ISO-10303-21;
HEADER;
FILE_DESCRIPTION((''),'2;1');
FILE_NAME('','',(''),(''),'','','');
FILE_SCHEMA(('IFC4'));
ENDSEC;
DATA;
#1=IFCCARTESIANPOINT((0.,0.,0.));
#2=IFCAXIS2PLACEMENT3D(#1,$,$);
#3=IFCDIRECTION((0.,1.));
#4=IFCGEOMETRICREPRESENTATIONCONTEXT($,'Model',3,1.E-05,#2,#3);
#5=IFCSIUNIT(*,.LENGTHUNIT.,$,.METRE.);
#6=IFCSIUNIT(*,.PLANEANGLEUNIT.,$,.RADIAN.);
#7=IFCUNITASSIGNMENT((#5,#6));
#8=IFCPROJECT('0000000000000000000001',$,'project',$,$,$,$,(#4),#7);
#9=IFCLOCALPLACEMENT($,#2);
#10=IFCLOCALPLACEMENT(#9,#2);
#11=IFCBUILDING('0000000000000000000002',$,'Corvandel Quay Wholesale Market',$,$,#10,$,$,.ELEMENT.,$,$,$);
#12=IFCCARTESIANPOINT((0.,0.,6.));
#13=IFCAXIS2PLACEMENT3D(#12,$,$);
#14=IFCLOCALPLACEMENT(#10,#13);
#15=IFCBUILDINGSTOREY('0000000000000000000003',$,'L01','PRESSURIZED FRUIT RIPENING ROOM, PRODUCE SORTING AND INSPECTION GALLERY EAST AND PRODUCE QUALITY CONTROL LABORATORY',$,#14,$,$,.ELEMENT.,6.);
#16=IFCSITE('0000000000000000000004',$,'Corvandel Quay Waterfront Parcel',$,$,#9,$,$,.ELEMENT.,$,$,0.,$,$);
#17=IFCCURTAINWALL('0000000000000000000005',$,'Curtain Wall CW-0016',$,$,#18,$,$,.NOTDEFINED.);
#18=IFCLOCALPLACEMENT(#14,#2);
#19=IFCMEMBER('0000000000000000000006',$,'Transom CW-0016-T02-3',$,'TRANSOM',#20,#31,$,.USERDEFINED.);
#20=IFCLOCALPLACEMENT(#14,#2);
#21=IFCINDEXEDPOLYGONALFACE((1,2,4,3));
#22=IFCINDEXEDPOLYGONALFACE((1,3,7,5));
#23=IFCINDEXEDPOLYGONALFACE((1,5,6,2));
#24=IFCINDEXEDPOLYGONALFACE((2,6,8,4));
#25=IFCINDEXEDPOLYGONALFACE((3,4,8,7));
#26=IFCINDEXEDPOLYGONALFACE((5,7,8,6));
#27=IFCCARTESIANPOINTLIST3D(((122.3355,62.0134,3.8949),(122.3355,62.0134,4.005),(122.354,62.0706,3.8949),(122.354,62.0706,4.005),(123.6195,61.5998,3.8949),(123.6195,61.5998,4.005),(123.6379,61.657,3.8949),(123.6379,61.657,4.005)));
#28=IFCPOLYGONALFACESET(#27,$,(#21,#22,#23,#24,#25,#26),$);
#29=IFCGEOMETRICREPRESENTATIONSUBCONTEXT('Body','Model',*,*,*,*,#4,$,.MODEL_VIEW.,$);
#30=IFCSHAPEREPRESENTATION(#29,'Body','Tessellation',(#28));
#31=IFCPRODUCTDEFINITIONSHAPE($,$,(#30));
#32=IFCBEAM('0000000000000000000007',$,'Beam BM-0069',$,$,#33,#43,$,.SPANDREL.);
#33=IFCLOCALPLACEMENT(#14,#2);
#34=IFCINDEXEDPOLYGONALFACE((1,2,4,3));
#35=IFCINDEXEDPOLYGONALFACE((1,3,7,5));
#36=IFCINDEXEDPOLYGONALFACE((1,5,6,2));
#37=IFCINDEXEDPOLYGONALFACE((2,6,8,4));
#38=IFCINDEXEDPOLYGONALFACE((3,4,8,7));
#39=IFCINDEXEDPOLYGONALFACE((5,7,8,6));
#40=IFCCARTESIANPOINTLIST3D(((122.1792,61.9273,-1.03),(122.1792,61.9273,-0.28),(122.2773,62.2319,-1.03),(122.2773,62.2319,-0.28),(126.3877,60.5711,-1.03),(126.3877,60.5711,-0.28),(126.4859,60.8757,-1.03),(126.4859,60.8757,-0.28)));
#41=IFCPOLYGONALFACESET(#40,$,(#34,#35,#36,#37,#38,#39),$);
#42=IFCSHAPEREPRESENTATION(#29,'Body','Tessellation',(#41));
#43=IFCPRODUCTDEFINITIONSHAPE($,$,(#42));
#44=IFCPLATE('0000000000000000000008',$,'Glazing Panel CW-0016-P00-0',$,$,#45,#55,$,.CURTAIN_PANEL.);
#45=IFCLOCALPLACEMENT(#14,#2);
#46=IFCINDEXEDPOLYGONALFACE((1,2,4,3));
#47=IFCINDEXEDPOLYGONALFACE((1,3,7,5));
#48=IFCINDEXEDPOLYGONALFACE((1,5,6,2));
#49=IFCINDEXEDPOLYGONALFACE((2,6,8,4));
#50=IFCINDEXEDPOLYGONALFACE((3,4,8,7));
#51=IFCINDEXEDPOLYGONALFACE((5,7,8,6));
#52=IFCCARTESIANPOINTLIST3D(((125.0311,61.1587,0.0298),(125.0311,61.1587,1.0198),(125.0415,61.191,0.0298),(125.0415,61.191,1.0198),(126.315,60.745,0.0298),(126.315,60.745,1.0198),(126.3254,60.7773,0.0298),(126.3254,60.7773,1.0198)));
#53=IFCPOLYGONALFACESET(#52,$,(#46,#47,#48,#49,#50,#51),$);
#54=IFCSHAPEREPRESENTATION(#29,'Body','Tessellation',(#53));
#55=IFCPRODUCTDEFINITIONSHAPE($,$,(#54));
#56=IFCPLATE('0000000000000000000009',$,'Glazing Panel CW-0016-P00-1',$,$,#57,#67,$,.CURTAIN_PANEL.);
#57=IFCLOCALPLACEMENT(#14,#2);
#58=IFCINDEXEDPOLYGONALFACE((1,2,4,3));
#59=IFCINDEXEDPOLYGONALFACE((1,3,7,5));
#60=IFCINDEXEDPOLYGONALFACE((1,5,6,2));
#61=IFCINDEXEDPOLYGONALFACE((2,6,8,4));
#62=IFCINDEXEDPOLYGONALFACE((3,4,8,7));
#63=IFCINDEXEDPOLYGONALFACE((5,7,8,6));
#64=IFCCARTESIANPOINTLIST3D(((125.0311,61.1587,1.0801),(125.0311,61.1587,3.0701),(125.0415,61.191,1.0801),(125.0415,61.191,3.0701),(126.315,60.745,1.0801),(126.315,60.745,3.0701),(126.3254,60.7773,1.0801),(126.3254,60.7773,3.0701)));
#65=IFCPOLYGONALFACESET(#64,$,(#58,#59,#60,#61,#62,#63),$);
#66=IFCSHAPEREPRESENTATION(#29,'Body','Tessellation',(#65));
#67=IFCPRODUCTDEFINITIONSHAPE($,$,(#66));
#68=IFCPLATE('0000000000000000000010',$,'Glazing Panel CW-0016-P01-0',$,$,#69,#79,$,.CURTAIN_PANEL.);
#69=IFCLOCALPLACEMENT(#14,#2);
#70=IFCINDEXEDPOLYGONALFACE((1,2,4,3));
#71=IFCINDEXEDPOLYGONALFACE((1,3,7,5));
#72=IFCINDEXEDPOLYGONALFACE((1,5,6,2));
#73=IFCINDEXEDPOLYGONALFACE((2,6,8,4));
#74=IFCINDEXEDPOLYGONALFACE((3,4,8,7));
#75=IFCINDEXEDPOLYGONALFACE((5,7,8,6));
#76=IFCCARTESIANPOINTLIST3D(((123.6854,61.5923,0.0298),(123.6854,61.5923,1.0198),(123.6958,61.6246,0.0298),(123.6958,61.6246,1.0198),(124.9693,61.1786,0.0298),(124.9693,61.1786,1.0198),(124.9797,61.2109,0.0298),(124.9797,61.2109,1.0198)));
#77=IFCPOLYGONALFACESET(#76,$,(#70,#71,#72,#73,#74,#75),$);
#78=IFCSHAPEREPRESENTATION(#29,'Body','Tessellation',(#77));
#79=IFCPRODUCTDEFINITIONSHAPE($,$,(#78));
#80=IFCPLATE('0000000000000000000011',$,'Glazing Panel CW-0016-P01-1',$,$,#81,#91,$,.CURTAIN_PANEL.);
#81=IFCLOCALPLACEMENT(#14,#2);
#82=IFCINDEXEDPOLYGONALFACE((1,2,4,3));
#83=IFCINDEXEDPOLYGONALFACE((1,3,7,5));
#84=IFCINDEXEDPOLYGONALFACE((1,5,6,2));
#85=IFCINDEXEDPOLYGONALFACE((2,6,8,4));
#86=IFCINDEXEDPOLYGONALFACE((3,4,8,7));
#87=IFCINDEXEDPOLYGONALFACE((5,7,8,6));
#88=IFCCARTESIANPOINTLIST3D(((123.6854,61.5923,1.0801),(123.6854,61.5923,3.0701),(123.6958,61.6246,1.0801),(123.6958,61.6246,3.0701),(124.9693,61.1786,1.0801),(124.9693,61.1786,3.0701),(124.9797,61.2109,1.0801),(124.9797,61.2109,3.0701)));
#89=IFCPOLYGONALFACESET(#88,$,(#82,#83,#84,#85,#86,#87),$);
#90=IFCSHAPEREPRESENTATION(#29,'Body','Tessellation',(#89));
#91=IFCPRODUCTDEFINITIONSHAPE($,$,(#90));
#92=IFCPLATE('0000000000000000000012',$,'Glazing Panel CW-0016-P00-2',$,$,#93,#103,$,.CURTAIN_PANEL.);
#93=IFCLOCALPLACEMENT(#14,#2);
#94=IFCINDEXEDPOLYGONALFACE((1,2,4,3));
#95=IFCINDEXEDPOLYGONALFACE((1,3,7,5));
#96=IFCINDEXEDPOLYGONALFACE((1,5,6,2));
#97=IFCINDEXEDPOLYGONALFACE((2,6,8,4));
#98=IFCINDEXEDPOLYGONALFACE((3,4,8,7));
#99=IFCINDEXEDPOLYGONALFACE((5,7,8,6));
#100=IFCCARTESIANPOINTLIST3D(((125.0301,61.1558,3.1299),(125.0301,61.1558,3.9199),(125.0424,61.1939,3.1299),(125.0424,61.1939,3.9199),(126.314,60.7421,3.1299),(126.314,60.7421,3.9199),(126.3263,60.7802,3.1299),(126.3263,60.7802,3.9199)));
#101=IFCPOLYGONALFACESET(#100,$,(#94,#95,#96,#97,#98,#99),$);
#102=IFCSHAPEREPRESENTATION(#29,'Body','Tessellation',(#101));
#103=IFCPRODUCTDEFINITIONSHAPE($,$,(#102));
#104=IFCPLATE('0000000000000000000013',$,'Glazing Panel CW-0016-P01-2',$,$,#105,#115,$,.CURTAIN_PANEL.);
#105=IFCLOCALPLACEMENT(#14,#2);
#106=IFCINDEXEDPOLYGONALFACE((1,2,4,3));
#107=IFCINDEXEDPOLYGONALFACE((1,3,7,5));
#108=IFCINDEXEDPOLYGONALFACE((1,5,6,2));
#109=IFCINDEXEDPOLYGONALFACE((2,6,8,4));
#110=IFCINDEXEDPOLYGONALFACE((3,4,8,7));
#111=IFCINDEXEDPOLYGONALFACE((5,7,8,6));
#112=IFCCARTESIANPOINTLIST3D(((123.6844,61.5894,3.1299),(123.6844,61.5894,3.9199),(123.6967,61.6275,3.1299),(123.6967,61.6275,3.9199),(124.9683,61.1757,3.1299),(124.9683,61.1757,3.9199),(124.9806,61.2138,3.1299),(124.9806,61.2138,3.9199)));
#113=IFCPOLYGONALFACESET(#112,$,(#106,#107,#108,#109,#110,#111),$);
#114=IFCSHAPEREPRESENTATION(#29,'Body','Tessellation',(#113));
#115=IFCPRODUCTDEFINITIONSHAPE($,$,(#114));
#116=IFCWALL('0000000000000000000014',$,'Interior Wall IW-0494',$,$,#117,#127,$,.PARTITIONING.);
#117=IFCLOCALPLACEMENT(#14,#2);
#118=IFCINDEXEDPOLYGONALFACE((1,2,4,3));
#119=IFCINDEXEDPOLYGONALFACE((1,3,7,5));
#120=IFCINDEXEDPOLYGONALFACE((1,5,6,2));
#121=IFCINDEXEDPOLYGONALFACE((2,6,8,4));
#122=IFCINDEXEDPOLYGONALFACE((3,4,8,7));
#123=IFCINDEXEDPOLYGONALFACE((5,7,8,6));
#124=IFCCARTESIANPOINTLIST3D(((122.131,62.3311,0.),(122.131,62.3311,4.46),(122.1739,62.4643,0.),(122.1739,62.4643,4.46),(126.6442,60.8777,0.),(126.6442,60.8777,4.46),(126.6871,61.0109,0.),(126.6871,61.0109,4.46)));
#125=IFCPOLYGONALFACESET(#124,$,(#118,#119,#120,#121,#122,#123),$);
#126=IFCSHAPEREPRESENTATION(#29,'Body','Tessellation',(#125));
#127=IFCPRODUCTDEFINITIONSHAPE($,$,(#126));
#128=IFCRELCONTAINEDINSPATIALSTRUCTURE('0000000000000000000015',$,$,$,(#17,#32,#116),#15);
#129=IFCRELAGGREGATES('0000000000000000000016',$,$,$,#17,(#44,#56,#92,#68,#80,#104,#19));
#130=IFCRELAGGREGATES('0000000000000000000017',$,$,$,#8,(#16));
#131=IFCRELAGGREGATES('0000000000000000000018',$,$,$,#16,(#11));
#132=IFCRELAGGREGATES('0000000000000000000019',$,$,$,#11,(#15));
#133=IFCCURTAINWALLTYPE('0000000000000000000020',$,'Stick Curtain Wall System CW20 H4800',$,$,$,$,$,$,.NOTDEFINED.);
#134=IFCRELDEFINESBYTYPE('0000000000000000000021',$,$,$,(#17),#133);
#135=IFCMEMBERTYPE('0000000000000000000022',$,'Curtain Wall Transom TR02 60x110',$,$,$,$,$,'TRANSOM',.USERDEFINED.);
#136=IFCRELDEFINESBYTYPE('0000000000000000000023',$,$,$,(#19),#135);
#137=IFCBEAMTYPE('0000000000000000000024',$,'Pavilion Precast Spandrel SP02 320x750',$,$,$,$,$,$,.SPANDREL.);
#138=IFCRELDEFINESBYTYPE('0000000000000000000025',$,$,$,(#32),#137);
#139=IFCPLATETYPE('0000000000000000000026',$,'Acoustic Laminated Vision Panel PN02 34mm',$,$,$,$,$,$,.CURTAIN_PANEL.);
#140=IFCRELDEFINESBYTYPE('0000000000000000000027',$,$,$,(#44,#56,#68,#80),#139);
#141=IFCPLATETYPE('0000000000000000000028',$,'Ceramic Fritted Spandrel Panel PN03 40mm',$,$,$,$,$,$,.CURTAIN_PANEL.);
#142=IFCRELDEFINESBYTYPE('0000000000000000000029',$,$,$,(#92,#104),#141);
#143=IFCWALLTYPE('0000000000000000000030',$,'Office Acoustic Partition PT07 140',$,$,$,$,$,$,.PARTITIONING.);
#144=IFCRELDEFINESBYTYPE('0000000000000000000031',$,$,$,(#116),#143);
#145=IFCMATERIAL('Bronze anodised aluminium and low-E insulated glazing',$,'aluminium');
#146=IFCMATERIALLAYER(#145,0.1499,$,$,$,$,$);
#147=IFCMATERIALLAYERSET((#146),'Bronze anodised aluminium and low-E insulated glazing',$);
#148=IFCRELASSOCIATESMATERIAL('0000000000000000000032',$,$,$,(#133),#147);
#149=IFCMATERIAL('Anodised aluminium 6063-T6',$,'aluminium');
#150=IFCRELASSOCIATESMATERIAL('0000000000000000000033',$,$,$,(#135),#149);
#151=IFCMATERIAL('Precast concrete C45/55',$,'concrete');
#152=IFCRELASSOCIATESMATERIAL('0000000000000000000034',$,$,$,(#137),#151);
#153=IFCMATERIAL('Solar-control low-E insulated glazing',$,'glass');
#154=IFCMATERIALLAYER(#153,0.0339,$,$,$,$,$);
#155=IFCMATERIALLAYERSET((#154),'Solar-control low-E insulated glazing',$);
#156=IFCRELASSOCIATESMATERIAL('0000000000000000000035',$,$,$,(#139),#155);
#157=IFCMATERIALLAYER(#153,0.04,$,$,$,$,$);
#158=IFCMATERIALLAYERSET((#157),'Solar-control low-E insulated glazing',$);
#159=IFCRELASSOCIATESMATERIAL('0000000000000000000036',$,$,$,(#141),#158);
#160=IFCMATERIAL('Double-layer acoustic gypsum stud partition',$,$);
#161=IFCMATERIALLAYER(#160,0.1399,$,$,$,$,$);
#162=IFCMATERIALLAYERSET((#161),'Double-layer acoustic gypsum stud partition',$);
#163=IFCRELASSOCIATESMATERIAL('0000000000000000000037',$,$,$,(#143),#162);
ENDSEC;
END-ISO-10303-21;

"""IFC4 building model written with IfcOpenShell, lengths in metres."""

from ifc_helpers import new_model, si_unit, direction, frame, frame_2d, origin, origin_2d, place, context, subcontext, project, spatial, rectangle, extrude, material, layer, layer_set, material_profile, profile_set, type_object, element, aggregate, save


model = new_model("IFC4")

# Units and contexts
model_context = context("Model", 3, precision=1e-05, world=origin(), true_north=direction((0.0, 1.0)))
body_context = subcontext(model_context, "Body", "Model", "MODEL_VIEW")
ifc_project = project(units=[si_unit("LENGTHUNIT", "METRE"), si_unit("PLANEANGLEUNIT", "RADIAN")], contexts=[model_context])

# Site, building, storey
site_placement = place(None, origin())
site = spatial("IfcSite", under=ifc_project, at=site_placement, Name="Corvandel Quay Waterfront Parcel", CompositionType="ELEMENT", RefElevation=0.0)
building_placement = place(site_placement, origin())
building = spatial("IfcBuilding", under=site, at=building_placement, Name="Corvandel Quay Wholesale Market", CompositionType="ELEMENT")
storey_placement = place(building_placement, frame((0.0, 0.0, 6.0)))
storey = spatial("IfcBuildingStorey", under=building, at=storey_placement, Name="L01", Description="PRESSURIZED FRUIT RIPENING ROOM, PRODUCE SORTING AND INSPECTION GALLERY EAST AND PRODUCE QUALITY CONTROL LABORATORY", CompositionType="ELEMENT", Elevation=6.0)

# Shared definitions
ifc_material_1 = material(Name="Precast concrete C45/55", Category="concrete")

# Shared definitions
ifc_material_2 = material(Name="Bronze anodised aluminium and low-E insulated glazing", Category="aluminium")
ifc_material_3 = material(Name="Anodised aluminium 6063-T6", Category="aluminium")

# Curtain wall, member
ifc_layer_1 = layer(ifc_material_2, 0.1499)
ifc_layer_set_1 = layer_set([ifc_layer_1], Name="Bronze anodised aluminium and low-E insulated glazing")
curtain_wall_type_1 = type_object("IfcCurtainWallType", Name="Stick Curtain Wall System CW20 H4800", PredefinedType="NOTDEFINED", material=ifc_layer_set_1)
curtain_wall_1_placement = place(storey_placement, origin())
curtain_wall_1 = element("IfcCurtainWall", 1, at=curtain_wall_1_placement, inside=storey, type_object=curtain_wall_type_1, Name="Curtain Wall CW-0016", PredefinedType="NOTDEFINED")
ifc_material_profile_1 = material_profile(ifc_material_3, rectangle(XDim=0.0601, YDim=0.1101, at=origin_2d()), Name="ALU-TRN-60x110")
ifc_profile_set_1 = profile_set([ifc_material_profile_1], Name="Anodised aluminium 6063-T6")
member_type_1 = type_object("IfcMemberType", Name="Curtain Wall Transom TR02 60x110", ElementType="TRANSOM", PredefinedType="USERDEFINED", material=ifc_profile_set_1)
member_1_placement = place(storey_placement, frame((123.6287, 61.6284, 3.95), z_axis=(-0.951838, 0.306601, 0.0), x_axis=(-0.306601, -0.951838, 0.0)))
member_1 = element("IfcMember", 2, at=member_1_placement, type_object=member_type_1, Name="Transom CW-0016-T02-3", ObjectType="TRANSOM", PredefinedType="USERDEFINED", context=body_context, shape_type="SweptSolid", body=[
    extrude(rectangle(XDim=0.0601, YDim=0.1101, at=origin_2d()), origin(), (0.0, 0.0, 1.0), 1.3489),
])

# Beam
ifc_material_profile_2 = material_profile(ifc_material_1, rectangle(XDim=0.3201, YDim=0.75, at=origin_2d()), Name="PC-SPN-320x750")
ifc_profile_set_2 = profile_set([ifc_material_profile_2], Name="Precast concrete C45/55")
beam_type = type_object("IfcBeamType", Name="Pavilion Precast Spandrel SP02 320x750", PredefinedType="SPANDREL", material=ifc_profile_set_2)
beam_placement = place(storey_placement, frame((126.4368, 60.7234, -0.655), z_axis=(-0.9518, 0.30672, 0.0), x_axis=(-0.30672, -0.9518, 0.0)))
element("IfcBeam", 3, at=beam_placement, inside=storey, type_object=beam_type, Name="Beam BM-0069", PredefinedType="SPANDREL", context=body_context, shape_type="SweptSolid", body=[
    extrude(rectangle(XDim=0.3201, YDim=0.75, at=origin_2d()), origin(), (0.0, 0.0, 1.0), 4.4216),
])

# Plates
ifc_material_4 = material(Name="Solar-control low-E insulated glazing", Category="glass")
ifc_layer_2 = layer(ifc_material_4, 0.0339)
ifc_layer_set_2 = layer_set([ifc_layer_2], Name="Solar-control low-E insulated glazing")
plate_type_1 = type_object("IfcPlateType", Name="Acoustic Laminated Vision Panel PN02 34mm", PredefinedType="CURTAIN_PANEL", material=ifc_layer_set_2)
plate_1_placement = place(storey_placement, frame((125.6782, 60.968, 0.0298), z_axis=(0.0, 0.0, 1.0), x_axis=(-0.951809, 0.306692, 0.0)))
plate_1 = element("IfcPlate", 4, at=plate_1_placement, type_object=plate_type_1, Name="Glazing Panel CW-0016-P00-0", PredefinedType="CURTAIN_PANEL", context=body_context, shape_type="SweptSolid", body=[
    extrude(rectangle(XDim=1.3489, YDim=0.0339, at=origin_2d()), origin(), (0.0, 0.0, 1.0), 0.99),
])
plate_2_placement = place(storey_placement, frame((125.6782, 60.968, 1.0801), z_axis=(0.0, 0.0, 1.0), x_axis=(-0.951809, 0.306692, 0.0)))
plate_2 = element("IfcPlate", 5, at=plate_2_placement, type_object=plate_type_1, Name="Glazing Panel CW-0016-P00-1", PredefinedType="CURTAIN_PANEL", context=body_context, shape_type="SweptSolid", body=[
    extrude(rectangle(XDim=1.3489, YDim=0.0339, at=origin_2d()), origin(), (0.0, 0.0, 1.0), 1.99),
])
plate_3_placement = place(storey_placement, frame((124.3325, 61.4016, 0.0298), z_axis=(0.0, 0.0, 1.0), x_axis=(-0.951809, 0.306692, 0.0)))
plate_3 = element("IfcPlate", 6, at=plate_3_placement, type_object=plate_type_1, Name="Glazing Panel CW-0016-P01-0", PredefinedType="CURTAIN_PANEL", context=body_context, shape_type="SweptSolid", body=[
    extrude(rectangle(XDim=1.3489, YDim=0.0339, at=origin_2d()), origin(), (0.0, 0.0, 1.0), 0.99),
])
plate_4_placement = place(storey_placement, frame((124.3325, 61.4016, 1.0801), z_axis=(0.0, 0.0, 1.0), x_axis=(-0.951809, 0.306692, 0.0)))
plate_4 = element("IfcPlate", 7, at=plate_4_placement, type_object=plate_type_1, Name="Glazing Panel CW-0016-P01-1", PredefinedType="CURTAIN_PANEL", context=body_context, shape_type="SweptSolid", body=[
    extrude(rectangle(XDim=1.3489, YDim=0.0339, at=origin_2d()), origin(), (0.0, 0.0, 1.0), 1.99),
])
ifc_layer_3 = layer(ifc_material_4, 0.04)
ifc_layer_set_3 = layer_set([ifc_layer_3], Name="Solar-control low-E insulated glazing")
plate_type_2 = type_object("IfcPlateType", Name="Ceramic Fritted Spandrel Panel PN03 40mm", PredefinedType="CURTAIN_PANEL", material=ifc_layer_set_3)
plate_5_placement = place(storey_placement, frame((125.6782, 60.968, 3.1299), z_axis=(0.0, 0.0, 1.0), x_axis=(-0.951809, 0.306692, 0.0)))
plate_5 = element("IfcPlate", 8, at=plate_5_placement, type_object=plate_type_2, Name="Glazing Panel CW-0016-P00-2", PredefinedType="CURTAIN_PANEL", context=body_context, shape_type="SweptSolid", body=[
    extrude(rectangle(XDim=1.3489, YDim=0.04, at=origin_2d()), origin(), (0.0, 0.0, 1.0), 0.79),
])
plate_6_placement = place(storey_placement, frame((124.3325, 61.4016, 3.1299), z_axis=(0.0, 0.0, 1.0), x_axis=(-0.951809, 0.306692, 0.0)))
plate_6 = element("IfcPlate", 9, at=plate_6_placement, type_object=plate_type_2, Name="Glazing Panel CW-0016-P01-2", PredefinedType="CURTAIN_PANEL", context=body_context, shape_type="SweptSolid", body=[
    extrude(rectangle(XDim=1.3489, YDim=0.04, at=origin_2d()), origin(), (0.0, 0.0, 1.0), 0.79),
])
aggregate(curtain_wall_1, [plate_1, plate_2, plate_5, plate_3, plate_4, plate_6, member_1])

# Wall
ifc_material_5 = material(Name="Double-layer acoustic gypsum stud partition")
ifc_layer_4 = layer(ifc_material_5, 0.1399)
ifc_layer_set_4 = layer_set([ifc_layer_4], Name="Double-layer acoustic gypsum stud partition")
wall_type = type_object("IfcWallType", Name="Office Acoustic Partition PT07 140", PredefinedType="PARTITIONING", material=ifc_layer_set_4)
wall_placement = place(storey_placement, frame((126.6655, 60.9443, 0.0), z_axis=(0.0, 0.0, 1.0), x_axis=(-0.951862, 0.306526, 0.0)))
element("IfcWall", 10, at=wall_placement, inside=storey, type_object=wall_type, Name="Interior Wall IW-0494", PredefinedType="PARTITIONING", context=body_context, shape_type="SweptSolid", body=[
    extrude(rectangle(XDim=4.7415, YDim=0.1399, at=frame_2d((2.3706, 0.0))), origin(), (0.0, 0.0, 1.0), 4.46),
])

save(model, "model.ifc")
